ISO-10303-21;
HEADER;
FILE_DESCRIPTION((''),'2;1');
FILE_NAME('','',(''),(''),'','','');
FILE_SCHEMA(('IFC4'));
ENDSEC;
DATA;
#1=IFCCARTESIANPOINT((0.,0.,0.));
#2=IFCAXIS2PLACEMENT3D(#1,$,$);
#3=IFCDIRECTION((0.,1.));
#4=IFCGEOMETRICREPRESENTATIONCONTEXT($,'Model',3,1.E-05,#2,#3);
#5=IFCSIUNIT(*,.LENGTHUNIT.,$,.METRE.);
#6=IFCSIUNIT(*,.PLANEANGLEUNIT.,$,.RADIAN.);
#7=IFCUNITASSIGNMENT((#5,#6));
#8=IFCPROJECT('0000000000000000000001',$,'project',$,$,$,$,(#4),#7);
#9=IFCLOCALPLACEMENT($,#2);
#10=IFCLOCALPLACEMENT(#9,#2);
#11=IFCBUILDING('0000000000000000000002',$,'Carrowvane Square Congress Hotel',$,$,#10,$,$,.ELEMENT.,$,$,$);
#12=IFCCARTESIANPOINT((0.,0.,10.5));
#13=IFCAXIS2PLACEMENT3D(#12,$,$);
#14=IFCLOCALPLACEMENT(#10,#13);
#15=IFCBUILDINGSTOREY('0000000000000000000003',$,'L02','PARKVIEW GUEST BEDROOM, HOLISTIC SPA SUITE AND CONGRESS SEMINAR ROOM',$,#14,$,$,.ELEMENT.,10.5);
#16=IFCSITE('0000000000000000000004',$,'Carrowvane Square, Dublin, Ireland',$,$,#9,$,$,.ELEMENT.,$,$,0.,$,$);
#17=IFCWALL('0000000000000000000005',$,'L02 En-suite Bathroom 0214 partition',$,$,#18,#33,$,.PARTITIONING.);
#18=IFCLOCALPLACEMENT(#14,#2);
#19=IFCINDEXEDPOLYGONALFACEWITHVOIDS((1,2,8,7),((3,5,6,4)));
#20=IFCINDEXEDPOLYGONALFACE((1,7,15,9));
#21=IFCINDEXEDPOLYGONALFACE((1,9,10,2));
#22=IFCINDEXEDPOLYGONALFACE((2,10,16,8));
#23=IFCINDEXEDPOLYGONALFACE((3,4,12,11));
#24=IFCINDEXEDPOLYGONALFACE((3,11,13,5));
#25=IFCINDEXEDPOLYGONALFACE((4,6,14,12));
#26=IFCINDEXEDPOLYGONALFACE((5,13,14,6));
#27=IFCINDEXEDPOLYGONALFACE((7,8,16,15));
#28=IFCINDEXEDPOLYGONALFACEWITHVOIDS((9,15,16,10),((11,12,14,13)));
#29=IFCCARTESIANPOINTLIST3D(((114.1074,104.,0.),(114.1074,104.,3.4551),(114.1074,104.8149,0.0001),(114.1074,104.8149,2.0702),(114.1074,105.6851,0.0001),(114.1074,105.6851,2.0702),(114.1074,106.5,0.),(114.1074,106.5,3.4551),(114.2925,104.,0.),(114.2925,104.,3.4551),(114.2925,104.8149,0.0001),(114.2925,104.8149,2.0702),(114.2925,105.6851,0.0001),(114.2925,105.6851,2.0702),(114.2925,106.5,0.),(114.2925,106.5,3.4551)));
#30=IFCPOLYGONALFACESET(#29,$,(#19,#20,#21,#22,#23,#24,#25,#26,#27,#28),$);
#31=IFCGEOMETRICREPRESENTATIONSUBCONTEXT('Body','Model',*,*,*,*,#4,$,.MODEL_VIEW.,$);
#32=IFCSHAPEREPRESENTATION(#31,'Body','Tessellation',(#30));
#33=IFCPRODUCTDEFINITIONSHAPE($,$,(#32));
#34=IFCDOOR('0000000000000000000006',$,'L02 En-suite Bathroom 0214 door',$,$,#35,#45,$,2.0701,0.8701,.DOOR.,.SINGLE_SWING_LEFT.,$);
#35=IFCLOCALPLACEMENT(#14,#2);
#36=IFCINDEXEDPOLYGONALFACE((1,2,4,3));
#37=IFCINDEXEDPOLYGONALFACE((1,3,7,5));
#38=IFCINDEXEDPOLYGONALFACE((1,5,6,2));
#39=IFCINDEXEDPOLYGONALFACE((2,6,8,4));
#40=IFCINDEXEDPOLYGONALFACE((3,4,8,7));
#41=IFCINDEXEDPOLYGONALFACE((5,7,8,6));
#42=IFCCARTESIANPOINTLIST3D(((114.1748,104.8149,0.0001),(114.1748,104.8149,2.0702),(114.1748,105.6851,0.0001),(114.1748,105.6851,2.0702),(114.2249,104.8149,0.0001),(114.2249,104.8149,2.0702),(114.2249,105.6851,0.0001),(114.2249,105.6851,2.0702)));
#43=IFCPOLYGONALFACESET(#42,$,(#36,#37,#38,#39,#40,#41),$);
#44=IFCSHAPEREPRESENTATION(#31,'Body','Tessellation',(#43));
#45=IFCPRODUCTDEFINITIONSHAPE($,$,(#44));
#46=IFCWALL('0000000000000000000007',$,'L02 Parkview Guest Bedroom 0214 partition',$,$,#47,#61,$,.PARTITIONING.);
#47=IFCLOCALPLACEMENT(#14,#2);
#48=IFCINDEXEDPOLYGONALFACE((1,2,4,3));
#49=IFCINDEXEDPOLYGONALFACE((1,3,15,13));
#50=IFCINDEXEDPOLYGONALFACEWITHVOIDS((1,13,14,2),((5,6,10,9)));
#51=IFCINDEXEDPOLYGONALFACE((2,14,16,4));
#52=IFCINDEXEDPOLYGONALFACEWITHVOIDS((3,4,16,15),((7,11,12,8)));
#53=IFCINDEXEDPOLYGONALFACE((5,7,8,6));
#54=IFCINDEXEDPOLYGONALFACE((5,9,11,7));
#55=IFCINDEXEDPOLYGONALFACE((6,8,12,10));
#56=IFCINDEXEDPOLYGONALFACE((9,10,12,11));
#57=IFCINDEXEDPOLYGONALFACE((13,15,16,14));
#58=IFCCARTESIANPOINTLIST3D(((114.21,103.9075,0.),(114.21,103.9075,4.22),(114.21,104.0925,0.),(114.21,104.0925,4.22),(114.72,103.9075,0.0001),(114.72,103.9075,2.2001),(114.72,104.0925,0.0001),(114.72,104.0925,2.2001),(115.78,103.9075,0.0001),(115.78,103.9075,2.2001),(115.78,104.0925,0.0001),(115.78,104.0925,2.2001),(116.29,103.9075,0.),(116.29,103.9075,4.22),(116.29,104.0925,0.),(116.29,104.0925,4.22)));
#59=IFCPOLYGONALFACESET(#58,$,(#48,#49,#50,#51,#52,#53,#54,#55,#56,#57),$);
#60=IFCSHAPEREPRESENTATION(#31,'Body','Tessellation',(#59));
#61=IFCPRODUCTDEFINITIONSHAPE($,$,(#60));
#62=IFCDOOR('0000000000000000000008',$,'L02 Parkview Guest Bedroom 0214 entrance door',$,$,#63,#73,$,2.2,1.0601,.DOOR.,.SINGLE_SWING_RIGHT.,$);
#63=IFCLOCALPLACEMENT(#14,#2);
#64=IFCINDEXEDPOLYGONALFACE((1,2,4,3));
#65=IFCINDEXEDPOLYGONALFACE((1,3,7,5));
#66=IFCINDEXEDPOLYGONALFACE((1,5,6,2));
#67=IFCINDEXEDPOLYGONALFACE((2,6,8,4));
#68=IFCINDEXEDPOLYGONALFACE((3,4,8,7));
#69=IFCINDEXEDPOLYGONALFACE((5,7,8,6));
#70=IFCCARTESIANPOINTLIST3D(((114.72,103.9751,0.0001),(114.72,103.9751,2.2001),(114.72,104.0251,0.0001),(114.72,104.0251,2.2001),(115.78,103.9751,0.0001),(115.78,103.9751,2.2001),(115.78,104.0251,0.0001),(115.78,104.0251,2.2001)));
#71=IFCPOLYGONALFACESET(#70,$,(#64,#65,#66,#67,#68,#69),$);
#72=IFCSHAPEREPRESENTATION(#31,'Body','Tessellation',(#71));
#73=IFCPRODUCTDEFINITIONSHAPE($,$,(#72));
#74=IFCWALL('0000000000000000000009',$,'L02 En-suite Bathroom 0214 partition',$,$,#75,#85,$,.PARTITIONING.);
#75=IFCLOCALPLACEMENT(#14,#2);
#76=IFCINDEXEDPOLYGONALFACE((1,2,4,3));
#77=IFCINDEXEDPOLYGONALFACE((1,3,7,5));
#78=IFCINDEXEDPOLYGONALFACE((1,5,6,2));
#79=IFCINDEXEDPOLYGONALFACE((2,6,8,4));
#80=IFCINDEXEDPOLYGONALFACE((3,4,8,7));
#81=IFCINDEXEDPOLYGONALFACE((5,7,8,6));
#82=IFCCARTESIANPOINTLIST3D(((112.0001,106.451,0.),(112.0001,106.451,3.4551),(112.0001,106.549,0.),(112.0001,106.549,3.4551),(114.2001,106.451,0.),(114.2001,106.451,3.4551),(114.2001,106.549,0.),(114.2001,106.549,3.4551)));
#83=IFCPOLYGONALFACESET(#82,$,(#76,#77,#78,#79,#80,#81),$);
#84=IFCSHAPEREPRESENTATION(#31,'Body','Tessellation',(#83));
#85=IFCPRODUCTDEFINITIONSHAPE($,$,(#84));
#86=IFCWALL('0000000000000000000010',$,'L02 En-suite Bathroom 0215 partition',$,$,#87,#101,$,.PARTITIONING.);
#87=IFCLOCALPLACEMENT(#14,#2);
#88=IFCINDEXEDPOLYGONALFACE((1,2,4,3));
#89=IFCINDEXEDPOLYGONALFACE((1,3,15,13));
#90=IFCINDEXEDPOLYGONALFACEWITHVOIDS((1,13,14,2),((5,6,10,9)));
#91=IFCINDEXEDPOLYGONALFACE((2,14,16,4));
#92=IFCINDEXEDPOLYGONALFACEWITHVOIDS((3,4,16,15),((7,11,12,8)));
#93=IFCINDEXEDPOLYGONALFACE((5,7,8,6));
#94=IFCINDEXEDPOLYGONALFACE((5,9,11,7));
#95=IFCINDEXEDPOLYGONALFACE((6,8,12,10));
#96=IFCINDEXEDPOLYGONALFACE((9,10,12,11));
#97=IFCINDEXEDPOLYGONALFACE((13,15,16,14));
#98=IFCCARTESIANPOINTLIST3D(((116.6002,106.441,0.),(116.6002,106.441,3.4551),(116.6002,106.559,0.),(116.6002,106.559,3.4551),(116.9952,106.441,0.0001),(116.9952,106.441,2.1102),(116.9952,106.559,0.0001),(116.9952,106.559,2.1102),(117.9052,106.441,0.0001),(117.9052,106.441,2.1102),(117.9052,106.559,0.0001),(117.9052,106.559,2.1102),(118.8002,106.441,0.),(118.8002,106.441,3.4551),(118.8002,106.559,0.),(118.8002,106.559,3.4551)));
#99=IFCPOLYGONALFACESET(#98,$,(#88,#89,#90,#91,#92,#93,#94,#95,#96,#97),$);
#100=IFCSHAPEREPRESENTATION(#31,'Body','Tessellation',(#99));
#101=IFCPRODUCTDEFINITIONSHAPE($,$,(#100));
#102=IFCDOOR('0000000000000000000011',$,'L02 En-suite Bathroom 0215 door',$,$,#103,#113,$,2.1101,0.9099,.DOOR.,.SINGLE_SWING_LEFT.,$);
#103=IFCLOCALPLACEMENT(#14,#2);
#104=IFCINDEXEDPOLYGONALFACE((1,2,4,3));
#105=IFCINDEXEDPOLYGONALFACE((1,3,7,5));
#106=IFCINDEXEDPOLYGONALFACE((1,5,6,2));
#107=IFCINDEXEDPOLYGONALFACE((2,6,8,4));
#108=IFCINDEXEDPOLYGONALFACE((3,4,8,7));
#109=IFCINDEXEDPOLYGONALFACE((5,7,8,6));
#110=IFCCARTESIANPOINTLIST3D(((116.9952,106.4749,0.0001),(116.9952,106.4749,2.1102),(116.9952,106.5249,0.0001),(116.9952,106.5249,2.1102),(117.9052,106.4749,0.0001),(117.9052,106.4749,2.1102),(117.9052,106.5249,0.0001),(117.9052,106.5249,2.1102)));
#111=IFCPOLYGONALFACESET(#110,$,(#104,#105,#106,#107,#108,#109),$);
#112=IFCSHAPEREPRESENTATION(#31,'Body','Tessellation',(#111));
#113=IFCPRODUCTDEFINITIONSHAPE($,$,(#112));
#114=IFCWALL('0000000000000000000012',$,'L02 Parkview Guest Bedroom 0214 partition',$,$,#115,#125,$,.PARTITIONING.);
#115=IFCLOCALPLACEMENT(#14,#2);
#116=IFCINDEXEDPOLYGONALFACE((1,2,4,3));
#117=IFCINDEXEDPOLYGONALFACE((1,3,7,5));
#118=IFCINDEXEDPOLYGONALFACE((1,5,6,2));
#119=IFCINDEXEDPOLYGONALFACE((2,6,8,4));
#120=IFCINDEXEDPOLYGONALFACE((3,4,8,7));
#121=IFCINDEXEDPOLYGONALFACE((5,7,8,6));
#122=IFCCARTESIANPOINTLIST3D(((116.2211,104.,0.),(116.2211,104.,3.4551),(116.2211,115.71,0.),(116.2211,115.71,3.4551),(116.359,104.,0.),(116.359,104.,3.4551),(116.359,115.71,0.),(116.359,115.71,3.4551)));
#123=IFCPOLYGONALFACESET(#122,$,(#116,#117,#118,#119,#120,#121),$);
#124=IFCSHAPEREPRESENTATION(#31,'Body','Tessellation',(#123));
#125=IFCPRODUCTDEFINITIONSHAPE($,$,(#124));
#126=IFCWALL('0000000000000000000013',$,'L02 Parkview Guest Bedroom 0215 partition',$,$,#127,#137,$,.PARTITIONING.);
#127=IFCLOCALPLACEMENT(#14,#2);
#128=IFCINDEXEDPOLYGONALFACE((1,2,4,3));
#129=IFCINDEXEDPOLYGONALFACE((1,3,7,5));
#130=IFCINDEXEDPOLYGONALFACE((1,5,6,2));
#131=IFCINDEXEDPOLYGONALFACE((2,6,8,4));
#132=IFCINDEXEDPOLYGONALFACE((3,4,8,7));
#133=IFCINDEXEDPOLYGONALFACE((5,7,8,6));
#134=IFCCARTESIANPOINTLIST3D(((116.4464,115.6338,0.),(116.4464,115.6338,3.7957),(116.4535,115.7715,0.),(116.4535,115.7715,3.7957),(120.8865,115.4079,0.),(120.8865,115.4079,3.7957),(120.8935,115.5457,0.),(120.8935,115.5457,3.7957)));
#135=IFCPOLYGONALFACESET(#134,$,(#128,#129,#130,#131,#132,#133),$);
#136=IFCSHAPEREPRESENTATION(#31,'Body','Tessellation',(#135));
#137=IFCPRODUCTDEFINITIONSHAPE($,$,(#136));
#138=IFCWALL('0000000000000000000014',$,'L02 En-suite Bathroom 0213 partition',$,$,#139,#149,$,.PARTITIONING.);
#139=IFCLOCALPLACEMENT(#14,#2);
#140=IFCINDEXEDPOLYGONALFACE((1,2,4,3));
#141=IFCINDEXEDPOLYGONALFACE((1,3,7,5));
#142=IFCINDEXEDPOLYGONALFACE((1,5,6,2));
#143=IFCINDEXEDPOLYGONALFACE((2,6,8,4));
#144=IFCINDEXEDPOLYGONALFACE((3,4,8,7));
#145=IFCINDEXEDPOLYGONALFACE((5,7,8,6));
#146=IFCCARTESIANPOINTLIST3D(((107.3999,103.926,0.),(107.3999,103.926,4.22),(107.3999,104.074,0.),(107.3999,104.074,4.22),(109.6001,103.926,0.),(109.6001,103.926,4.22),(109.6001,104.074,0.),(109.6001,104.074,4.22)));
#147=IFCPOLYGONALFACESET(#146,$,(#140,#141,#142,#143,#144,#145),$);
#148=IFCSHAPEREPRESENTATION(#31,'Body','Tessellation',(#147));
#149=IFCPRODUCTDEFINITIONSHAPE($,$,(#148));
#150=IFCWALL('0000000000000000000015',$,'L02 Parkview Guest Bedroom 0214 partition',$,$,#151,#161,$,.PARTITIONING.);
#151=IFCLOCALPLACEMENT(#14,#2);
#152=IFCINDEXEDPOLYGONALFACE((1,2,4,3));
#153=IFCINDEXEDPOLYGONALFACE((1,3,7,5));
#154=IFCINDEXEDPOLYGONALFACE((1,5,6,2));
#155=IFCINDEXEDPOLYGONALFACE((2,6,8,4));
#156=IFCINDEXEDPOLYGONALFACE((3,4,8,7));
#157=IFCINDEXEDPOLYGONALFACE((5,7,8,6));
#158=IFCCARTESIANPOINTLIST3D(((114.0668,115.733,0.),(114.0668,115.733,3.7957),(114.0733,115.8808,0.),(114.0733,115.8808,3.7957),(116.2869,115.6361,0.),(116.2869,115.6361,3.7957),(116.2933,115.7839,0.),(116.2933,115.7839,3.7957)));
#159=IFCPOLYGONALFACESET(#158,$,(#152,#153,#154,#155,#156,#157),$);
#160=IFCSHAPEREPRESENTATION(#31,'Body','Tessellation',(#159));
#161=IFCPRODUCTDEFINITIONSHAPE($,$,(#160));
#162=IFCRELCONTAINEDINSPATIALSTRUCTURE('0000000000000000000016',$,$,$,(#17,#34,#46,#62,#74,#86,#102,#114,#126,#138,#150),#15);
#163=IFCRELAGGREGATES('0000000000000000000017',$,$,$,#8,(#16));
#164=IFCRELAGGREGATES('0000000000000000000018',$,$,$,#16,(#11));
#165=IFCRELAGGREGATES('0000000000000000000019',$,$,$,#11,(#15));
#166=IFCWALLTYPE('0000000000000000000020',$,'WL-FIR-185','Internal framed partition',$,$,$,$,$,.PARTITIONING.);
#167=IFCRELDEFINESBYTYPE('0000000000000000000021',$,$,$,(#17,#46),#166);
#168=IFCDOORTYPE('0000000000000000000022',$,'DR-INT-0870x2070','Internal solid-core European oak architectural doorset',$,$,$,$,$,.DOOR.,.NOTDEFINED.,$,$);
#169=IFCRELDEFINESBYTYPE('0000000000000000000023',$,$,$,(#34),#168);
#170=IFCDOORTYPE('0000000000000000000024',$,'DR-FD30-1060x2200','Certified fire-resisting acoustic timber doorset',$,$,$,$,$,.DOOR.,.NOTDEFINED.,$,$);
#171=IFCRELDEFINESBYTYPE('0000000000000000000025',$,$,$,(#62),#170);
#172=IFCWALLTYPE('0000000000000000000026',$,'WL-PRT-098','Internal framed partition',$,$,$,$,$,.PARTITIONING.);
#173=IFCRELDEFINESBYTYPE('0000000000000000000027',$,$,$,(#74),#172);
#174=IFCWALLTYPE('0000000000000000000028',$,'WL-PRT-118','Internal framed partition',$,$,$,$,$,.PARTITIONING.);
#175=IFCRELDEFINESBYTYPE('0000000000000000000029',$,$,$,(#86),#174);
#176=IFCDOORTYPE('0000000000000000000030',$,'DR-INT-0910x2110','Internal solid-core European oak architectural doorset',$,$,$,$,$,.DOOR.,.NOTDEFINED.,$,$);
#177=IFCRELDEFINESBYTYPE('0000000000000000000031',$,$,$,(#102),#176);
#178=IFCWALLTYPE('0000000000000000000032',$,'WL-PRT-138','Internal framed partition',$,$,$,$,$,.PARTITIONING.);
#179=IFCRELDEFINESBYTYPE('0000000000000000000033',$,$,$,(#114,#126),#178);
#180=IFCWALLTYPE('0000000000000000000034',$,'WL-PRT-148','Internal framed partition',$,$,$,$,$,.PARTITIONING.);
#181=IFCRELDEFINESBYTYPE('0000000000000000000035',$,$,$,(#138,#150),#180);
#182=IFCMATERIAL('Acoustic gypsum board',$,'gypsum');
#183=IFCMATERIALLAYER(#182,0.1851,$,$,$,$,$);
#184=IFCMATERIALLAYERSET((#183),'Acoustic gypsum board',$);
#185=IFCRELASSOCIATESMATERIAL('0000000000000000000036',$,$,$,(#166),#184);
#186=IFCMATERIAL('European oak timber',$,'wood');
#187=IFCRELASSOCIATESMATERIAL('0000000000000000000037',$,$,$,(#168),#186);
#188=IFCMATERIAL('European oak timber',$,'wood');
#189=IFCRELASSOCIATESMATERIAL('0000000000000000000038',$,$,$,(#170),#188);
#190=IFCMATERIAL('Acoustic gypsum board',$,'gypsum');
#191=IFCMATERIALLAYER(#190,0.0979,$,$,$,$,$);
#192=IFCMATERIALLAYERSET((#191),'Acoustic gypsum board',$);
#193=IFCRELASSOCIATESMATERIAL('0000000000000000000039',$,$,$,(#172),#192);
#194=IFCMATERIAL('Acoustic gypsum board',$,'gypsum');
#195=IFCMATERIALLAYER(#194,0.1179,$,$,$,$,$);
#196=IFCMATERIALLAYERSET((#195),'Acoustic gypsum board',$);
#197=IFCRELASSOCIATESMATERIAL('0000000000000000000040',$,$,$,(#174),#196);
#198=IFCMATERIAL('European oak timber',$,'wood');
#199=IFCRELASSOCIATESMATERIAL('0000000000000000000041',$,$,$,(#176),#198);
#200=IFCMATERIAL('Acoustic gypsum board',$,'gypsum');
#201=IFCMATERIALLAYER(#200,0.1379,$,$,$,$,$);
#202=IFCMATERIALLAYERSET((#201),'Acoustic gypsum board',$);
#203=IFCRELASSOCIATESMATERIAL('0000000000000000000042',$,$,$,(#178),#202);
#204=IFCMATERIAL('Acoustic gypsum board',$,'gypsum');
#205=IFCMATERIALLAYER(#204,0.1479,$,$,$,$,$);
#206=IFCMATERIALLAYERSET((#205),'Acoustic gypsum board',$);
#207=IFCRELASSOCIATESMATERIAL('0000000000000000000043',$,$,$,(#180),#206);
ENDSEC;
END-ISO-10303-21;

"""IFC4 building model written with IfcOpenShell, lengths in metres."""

from ifc_helpers import new_model, si_unit, direction, frame, frame_2d, origin, place, context, subcontext, project, spatial, rectangle, extrude, material, layer, layer_set, type_object, element, fill, save


model = new_model("IFC4")

# Units and contexts
model_context = context("Model", 3, precision=1e-05, world=origin(), true_north=direction((0.0, 1.0)))
body_context = subcontext(model_context, "Body", "Model", "MODEL_VIEW")
ifc_project = project(units=[si_unit("LENGTHUNIT", "METRE"), si_unit("PLANEANGLEUNIT", "RADIAN")], contexts=[model_context])

# Site, building, storey
site_placement = place(None, origin())
site = spatial("IfcSite", under=ifc_project, at=site_placement, Name="Carrowvane Square, Dublin, Ireland", CompositionType="ELEMENT", RefElevation=0.0)
building_placement = place(site_placement, origin())
building = spatial("IfcBuilding", under=site, at=building_placement, Name="Carrowvane Square Congress Hotel", CompositionType="ELEMENT")
storey_placement = place(building_placement, frame((0.0, 0.0, 10.5)))
storey = spatial("IfcBuildingStorey", under=building, at=storey_placement, Name="L02", Description="PARKVIEW GUEST BEDROOM, HOLISTIC SPA SUITE AND CONGRESS SEMINAR ROOM", CompositionType="ELEMENT", Elevation=10.5)

# Walls, openings, doors
ifc_material_1 = material(Name="Acoustic gypsum board", Category="gypsum")
ifc_layer_1 = layer(ifc_material_1, 0.1851)
ifc_layer_set_1 = layer_set([ifc_layer_1], Name="Acoustic gypsum board")
wall_type_1 = type_object("IfcWallType", Name="WL-FIR-185", Description="Internal framed partition", PredefinedType="PARTITIONING", material=ifc_layer_set_1)
wall_1_placement = place(storey_placement, frame((114.2, 106.5, 0.0), z_axis=(0.0, 0.0, 1.0), x_axis=(0.0, -1.0, 0.0)))
wall_1 = element("IfcWall", 1, at=wall_1_placement, inside=storey, type_object=wall_type_1, Name="L02 En-suite Bathroom 0214 partition", PredefinedType="PARTITIONING", context=body_context, shape_type="SweptSolid", body=[
    extrude(rectangle(XDim=2.5, YDim=0.1851, at=frame_2d((1.25, 0.0))), origin(), (0.0, 0.0, 1.0), 3.4551),
])
opening_1_placement = place(wall_1_placement, frame((0.8149, 0.0, 0.0)))
opening_1 = element("IfcOpeningElement", 2, at=opening_1_placement, cuts=wall_1, PredefinedType="OPENING", context=body_context, shape_type="SweptSolid", body=[
    extrude(rectangle(XDim=0.8701, YDim=2.0701, at=frame_2d((0.4351, 1.0352))), frame((0.0, 0.1025, 0.0), z_axis=(0.0, -1.0, 0.0), x_axis=(1.0, 0.0, 0.0)), (0.0, 0.0, 1.0), 0.2051),
])
ifc_material_2 = material(Name="European oak timber", Category="wood")
door_type_1 = type_object("IfcDoorType", Name="DR-INT-0870x2070", Description="Internal solid-core European oak architectural doorset", OperationType="NOTDEFINED", PredefinedType="DOOR", material=ifc_material_2)
door_1_placement = place(opening_1_placement, origin())
door_1 = element("IfcDoor", 3, at=door_1_placement, inside=storey, type_object=door_type_1, Name="L02 En-suite Bathroom 0214 door", OperationType="SINGLE_SWING_LEFT", OverallHeight=2.0701, OverallWidth=0.8701, PredefinedType="DOOR", context=body_context, shape_type="SweptSolid", body=[
    extrude(rectangle(XDim=0.8701, YDim=2.0701, at=frame_2d((0.4351, 1.0352))), frame((0.0, 0.0249, 0.0), z_axis=(0.0, -1.0, 0.0), x_axis=(1.0, 0.0, 0.0)), (0.0, 0.0, 1.0), 0.05),
])
fill(opening_1, door_1)
wall_2_placement = place(storey_placement, frame((116.29, 104.0, 0.0), z_axis=(0.0, 0.0, 1.0), x_axis=(-1.0, 0.0, 0.0)))
wall_2 = element("IfcWall", 4, at=wall_2_placement, inside=storey, type_object=wall_type_1, Name="L02 Parkview Guest Bedroom 0214 partition", PredefinedType="PARTITIONING", context=body_context, shape_type="SweptSolid", body=[
    extrude(rectangle(XDim=2.0801, YDim=0.1851, at=frame_2d((1.04, 0.0))), origin(), (0.0, 0.0, 1.0), 4.22),
])
opening_2_placement = place(wall_2_placement, frame((0.51, 0.0, 0.0)))
opening_2 = element("IfcOpeningElement", 5, at=opening_2_placement, cuts=wall_2, PredefinedType="OPENING", context=body_context, shape_type="SweptSolid", body=[
    extrude(rectangle(XDim=1.0601, YDim=2.2, at=frame_2d((0.53, 1.1001))), frame((0.0, 0.1025, 0.0), z_axis=(0.0, -1.0, 0.0), x_axis=(1.0, 0.0, 0.0)), (0.0, 0.0, 1.0), 0.2051),
])
ifc_material_3 = material(Name="European oak timber", Category="wood")
door_type_2 = type_object("IfcDoorType", Name="DR-FD30-1060x2200", Description="Certified fire-resisting acoustic timber doorset", OperationType="NOTDEFINED", PredefinedType="DOOR", material=ifc_material_3)
door_2_placement = place(opening_2_placement, origin())
door_2 = element("IfcDoor", 6, at=door_2_placement, inside=storey, type_object=door_type_2, Name="L02 Parkview Guest Bedroom 0214 entrance door", OperationType="SINGLE_SWING_RIGHT", OverallHeight=2.2, OverallWidth=1.0601, PredefinedType="DOOR", context=body_context, shape_type="SweptSolid", body=[
    extrude(rectangle(XDim=1.0601, YDim=2.2, at=frame_2d((0.53, 1.1001))), frame((0.0, 0.0249, 0.0), z_axis=(0.0, -1.0, 0.0), x_axis=(1.0, 0.0, 0.0)), (0.0, 0.0, 1.0), 0.05),
])
fill(opening_2, door_2)

# Wall
ifc_material_4 = material(Name="Acoustic gypsum board", Category="gypsum")
ifc_layer_2 = layer(ifc_material_4, 0.0979)
ifc_layer_set_2 = layer_set([ifc_layer_2], Name="Acoustic gypsum board")
wall_type_2 = type_object("IfcWallType", Name="WL-PRT-098", Description="Internal framed partition", PredefinedType="PARTITIONING", material=ifc_layer_set_2)
wall_3_placement = place(storey_placement, frame((112.0, 106.5, 0.0), z_axis=(0.0, 0.0, 1.0), x_axis=(1.0, 0.0, 0.0)))
element("IfcWall", 7, at=wall_3_placement, inside=storey, type_object=wall_type_2, Name="L02 En-suite Bathroom 0214 partition", PredefinedType="PARTITIONING", context=body_context, shape_type="SweptSolid", body=[
    extrude(rectangle(XDim=2.2, YDim=0.0979, at=frame_2d((1.1001, 0.0))), origin(), (0.0, 0.0, 1.0), 3.4551),
])

# Wall, opening, door
ifc_material_5 = material(Name="Acoustic gypsum board", Category="gypsum")
ifc_layer_3 = layer(ifc_material_5, 0.1179)
ifc_layer_set_3 = layer_set([ifc_layer_3], Name="Acoustic gypsum board")
wall_type_3 = type_object("IfcWallType", Name="WL-PRT-118", Description="Internal framed partition", PredefinedType="PARTITIONING", material=ifc_layer_set_3)
wall_4_placement = place(storey_placement, frame((116.6001, 106.5, 0.0), z_axis=(0.0, 0.0, 1.0), x_axis=(1.0, 0.0, 0.0)))
wall_4 = element("IfcWall", 8, at=wall_4_placement, inside=storey, type_object=wall_type_3, Name="L02 En-suite Bathroom 0215 partition", PredefinedType="PARTITIONING", context=body_context, shape_type="SweptSolid", body=[
    extrude(rectangle(XDim=2.2, YDim=0.1179, at=frame_2d((1.1001, 0.0))), origin(), (0.0, 0.0, 1.0), 3.4551),
])
opening_3_placement = place(wall_4_placement, frame((0.395, 0.0, 0.0)))
opening_3 = element("IfcOpeningElement", 9, at=opening_3_placement, cuts=wall_4, PredefinedType="OPENING", context=body_context, shape_type="SweptSolid", body=[
    extrude(rectangle(XDim=0.9099, YDim=2.1101, at=frame_2d((0.4551, 1.0552))), frame((0.0, 0.0688, 0.0), z_axis=(0.0, -1.0, 0.0), x_axis=(1.0, 0.0, 0.0)), (0.0, 0.0, 1.0), 0.1379),
])
ifc_material_6 = material(Name="European oak timber", Category="wood")
door_type_3 = type_object("IfcDoorType", Name="DR-INT-0910x2110", Description="Internal solid-core European oak architectural doorset", OperationType="NOTDEFINED", PredefinedType="DOOR", material=ifc_material_6)
door_3_placement = place(opening_3_placement, origin())
door_3 = element("IfcDoor", 10, at=door_3_placement, inside=storey, type_object=door_type_3, Name="L02 En-suite Bathroom 0215 door", OperationType="SINGLE_SWING_LEFT", OverallHeight=2.1101, OverallWidth=0.9099, PredefinedType="DOOR", context=body_context, shape_type="SweptSolid", body=[
    extrude(rectangle(XDim=0.9099, YDim=2.1101, at=frame_2d((0.4551, 1.0552))), frame((0.0, 0.0249, 0.0), z_axis=(0.0, -1.0, 0.0), x_axis=(1.0, 0.0, 0.0)), (0.0, 0.0, 1.0), 0.05),
])
fill(opening_3, door_3)

# Walls
ifc_material_7 = material(Name="Acoustic gypsum board", Category="gypsum")
ifc_layer_4 = layer(ifc_material_7, 0.1379)
ifc_layer_set_4 = layer_set([ifc_layer_4], Name="Acoustic gypsum board")
wall_type_4 = type_object("IfcWallType", Name="WL-PRT-138", Description="Internal framed partition", PredefinedType="PARTITIONING", material=ifc_layer_set_4)
wall_5_placement = place(storey_placement, frame((116.29, 115.71, 0.0), z_axis=(0.0, 0.0, 1.0), x_axis=(0.0, -1.0, 0.0)))
element("IfcWall", 11, at=wall_5_placement, inside=storey, type_object=wall_type_4, Name="L02 Parkview Guest Bedroom 0214 partition", PredefinedType="PARTITIONING", context=body_context, shape_type="SweptSolid", body=[
    extrude(rectangle(XDim=11.71, YDim=0.1379, at=frame_2d((5.855, 0.0))), origin(), (0.0, 0.0, 1.0), 3.4551),
])
wall_6_placement = place(storey_placement, frame((116.45, 115.7026, 0.0), z_axis=(0.0, 0.0, 1.0), x_axis=(0.998709, -0.050798, 0.0)))
element("IfcWall", 12, at=wall_6_placement, inside=storey, type_object=wall_type_4, Name="L02 Parkview Guest Bedroom 0215 partition", PredefinedType="PARTITIONING", context=body_context, shape_type="SweptSolid", body=[
    extrude(rectangle(XDim=4.4458, YDim=0.1379, at=frame_2d((2.2229, 0.0))), origin(), (0.0, 0.0, 1.0), 3.7957),
])
ifc_material_8 = material(Name="Acoustic gypsum board", Category="gypsum")
ifc_layer_5 = layer(ifc_material_8, 0.1479)
ifc_layer_set_5 = layer_set([ifc_layer_5], Name="Acoustic gypsum board")
wall_type_5 = type_object("IfcWallType", Name="WL-PRT-148", Description="Internal framed partition", PredefinedType="PARTITIONING", material=ifc_layer_set_5)
wall_7_placement = place(storey_placement, frame((109.6001, 104.0, 0.0), z_axis=(0.0, 0.0, 1.0), x_axis=(-1.0, 0.0, 0.0)))
element("IfcWall", 13, at=wall_7_placement, inside=storey, type_object=wall_type_5, Name="L02 En-suite Bathroom 0213 partition", PredefinedType="PARTITIONING", context=body_context, shape_type="SweptSolid", body=[
    extrude(rectangle(XDim=2.2002, YDim=0.1479, at=frame_2d((1.1001, 0.0))), origin(), (0.0, 0.0, 1.0), 4.22),
])

# Wall
wall_8_placement = place(storey_placement, frame((114.0701, 115.8069, 0.0), z_axis=(0.0, 0.0, 1.0), x_axis=(0.999048, -0.043618, 0.0)))
element("IfcWall", 14, at=wall_8_placement, inside=storey, type_object=wall_type_5, Name="L02 Parkview Guest Bedroom 0214 partition", PredefinedType="PARTITIONING", context=body_context, shape_type="SweptSolid", body=[
    extrude(rectangle(XDim=2.2222, YDim=0.1479, at=frame_2d((1.1111, 0.0))), origin(), (0.0, 0.0, 1.0), 3.7957),
])

save(model, "model.ifc")
